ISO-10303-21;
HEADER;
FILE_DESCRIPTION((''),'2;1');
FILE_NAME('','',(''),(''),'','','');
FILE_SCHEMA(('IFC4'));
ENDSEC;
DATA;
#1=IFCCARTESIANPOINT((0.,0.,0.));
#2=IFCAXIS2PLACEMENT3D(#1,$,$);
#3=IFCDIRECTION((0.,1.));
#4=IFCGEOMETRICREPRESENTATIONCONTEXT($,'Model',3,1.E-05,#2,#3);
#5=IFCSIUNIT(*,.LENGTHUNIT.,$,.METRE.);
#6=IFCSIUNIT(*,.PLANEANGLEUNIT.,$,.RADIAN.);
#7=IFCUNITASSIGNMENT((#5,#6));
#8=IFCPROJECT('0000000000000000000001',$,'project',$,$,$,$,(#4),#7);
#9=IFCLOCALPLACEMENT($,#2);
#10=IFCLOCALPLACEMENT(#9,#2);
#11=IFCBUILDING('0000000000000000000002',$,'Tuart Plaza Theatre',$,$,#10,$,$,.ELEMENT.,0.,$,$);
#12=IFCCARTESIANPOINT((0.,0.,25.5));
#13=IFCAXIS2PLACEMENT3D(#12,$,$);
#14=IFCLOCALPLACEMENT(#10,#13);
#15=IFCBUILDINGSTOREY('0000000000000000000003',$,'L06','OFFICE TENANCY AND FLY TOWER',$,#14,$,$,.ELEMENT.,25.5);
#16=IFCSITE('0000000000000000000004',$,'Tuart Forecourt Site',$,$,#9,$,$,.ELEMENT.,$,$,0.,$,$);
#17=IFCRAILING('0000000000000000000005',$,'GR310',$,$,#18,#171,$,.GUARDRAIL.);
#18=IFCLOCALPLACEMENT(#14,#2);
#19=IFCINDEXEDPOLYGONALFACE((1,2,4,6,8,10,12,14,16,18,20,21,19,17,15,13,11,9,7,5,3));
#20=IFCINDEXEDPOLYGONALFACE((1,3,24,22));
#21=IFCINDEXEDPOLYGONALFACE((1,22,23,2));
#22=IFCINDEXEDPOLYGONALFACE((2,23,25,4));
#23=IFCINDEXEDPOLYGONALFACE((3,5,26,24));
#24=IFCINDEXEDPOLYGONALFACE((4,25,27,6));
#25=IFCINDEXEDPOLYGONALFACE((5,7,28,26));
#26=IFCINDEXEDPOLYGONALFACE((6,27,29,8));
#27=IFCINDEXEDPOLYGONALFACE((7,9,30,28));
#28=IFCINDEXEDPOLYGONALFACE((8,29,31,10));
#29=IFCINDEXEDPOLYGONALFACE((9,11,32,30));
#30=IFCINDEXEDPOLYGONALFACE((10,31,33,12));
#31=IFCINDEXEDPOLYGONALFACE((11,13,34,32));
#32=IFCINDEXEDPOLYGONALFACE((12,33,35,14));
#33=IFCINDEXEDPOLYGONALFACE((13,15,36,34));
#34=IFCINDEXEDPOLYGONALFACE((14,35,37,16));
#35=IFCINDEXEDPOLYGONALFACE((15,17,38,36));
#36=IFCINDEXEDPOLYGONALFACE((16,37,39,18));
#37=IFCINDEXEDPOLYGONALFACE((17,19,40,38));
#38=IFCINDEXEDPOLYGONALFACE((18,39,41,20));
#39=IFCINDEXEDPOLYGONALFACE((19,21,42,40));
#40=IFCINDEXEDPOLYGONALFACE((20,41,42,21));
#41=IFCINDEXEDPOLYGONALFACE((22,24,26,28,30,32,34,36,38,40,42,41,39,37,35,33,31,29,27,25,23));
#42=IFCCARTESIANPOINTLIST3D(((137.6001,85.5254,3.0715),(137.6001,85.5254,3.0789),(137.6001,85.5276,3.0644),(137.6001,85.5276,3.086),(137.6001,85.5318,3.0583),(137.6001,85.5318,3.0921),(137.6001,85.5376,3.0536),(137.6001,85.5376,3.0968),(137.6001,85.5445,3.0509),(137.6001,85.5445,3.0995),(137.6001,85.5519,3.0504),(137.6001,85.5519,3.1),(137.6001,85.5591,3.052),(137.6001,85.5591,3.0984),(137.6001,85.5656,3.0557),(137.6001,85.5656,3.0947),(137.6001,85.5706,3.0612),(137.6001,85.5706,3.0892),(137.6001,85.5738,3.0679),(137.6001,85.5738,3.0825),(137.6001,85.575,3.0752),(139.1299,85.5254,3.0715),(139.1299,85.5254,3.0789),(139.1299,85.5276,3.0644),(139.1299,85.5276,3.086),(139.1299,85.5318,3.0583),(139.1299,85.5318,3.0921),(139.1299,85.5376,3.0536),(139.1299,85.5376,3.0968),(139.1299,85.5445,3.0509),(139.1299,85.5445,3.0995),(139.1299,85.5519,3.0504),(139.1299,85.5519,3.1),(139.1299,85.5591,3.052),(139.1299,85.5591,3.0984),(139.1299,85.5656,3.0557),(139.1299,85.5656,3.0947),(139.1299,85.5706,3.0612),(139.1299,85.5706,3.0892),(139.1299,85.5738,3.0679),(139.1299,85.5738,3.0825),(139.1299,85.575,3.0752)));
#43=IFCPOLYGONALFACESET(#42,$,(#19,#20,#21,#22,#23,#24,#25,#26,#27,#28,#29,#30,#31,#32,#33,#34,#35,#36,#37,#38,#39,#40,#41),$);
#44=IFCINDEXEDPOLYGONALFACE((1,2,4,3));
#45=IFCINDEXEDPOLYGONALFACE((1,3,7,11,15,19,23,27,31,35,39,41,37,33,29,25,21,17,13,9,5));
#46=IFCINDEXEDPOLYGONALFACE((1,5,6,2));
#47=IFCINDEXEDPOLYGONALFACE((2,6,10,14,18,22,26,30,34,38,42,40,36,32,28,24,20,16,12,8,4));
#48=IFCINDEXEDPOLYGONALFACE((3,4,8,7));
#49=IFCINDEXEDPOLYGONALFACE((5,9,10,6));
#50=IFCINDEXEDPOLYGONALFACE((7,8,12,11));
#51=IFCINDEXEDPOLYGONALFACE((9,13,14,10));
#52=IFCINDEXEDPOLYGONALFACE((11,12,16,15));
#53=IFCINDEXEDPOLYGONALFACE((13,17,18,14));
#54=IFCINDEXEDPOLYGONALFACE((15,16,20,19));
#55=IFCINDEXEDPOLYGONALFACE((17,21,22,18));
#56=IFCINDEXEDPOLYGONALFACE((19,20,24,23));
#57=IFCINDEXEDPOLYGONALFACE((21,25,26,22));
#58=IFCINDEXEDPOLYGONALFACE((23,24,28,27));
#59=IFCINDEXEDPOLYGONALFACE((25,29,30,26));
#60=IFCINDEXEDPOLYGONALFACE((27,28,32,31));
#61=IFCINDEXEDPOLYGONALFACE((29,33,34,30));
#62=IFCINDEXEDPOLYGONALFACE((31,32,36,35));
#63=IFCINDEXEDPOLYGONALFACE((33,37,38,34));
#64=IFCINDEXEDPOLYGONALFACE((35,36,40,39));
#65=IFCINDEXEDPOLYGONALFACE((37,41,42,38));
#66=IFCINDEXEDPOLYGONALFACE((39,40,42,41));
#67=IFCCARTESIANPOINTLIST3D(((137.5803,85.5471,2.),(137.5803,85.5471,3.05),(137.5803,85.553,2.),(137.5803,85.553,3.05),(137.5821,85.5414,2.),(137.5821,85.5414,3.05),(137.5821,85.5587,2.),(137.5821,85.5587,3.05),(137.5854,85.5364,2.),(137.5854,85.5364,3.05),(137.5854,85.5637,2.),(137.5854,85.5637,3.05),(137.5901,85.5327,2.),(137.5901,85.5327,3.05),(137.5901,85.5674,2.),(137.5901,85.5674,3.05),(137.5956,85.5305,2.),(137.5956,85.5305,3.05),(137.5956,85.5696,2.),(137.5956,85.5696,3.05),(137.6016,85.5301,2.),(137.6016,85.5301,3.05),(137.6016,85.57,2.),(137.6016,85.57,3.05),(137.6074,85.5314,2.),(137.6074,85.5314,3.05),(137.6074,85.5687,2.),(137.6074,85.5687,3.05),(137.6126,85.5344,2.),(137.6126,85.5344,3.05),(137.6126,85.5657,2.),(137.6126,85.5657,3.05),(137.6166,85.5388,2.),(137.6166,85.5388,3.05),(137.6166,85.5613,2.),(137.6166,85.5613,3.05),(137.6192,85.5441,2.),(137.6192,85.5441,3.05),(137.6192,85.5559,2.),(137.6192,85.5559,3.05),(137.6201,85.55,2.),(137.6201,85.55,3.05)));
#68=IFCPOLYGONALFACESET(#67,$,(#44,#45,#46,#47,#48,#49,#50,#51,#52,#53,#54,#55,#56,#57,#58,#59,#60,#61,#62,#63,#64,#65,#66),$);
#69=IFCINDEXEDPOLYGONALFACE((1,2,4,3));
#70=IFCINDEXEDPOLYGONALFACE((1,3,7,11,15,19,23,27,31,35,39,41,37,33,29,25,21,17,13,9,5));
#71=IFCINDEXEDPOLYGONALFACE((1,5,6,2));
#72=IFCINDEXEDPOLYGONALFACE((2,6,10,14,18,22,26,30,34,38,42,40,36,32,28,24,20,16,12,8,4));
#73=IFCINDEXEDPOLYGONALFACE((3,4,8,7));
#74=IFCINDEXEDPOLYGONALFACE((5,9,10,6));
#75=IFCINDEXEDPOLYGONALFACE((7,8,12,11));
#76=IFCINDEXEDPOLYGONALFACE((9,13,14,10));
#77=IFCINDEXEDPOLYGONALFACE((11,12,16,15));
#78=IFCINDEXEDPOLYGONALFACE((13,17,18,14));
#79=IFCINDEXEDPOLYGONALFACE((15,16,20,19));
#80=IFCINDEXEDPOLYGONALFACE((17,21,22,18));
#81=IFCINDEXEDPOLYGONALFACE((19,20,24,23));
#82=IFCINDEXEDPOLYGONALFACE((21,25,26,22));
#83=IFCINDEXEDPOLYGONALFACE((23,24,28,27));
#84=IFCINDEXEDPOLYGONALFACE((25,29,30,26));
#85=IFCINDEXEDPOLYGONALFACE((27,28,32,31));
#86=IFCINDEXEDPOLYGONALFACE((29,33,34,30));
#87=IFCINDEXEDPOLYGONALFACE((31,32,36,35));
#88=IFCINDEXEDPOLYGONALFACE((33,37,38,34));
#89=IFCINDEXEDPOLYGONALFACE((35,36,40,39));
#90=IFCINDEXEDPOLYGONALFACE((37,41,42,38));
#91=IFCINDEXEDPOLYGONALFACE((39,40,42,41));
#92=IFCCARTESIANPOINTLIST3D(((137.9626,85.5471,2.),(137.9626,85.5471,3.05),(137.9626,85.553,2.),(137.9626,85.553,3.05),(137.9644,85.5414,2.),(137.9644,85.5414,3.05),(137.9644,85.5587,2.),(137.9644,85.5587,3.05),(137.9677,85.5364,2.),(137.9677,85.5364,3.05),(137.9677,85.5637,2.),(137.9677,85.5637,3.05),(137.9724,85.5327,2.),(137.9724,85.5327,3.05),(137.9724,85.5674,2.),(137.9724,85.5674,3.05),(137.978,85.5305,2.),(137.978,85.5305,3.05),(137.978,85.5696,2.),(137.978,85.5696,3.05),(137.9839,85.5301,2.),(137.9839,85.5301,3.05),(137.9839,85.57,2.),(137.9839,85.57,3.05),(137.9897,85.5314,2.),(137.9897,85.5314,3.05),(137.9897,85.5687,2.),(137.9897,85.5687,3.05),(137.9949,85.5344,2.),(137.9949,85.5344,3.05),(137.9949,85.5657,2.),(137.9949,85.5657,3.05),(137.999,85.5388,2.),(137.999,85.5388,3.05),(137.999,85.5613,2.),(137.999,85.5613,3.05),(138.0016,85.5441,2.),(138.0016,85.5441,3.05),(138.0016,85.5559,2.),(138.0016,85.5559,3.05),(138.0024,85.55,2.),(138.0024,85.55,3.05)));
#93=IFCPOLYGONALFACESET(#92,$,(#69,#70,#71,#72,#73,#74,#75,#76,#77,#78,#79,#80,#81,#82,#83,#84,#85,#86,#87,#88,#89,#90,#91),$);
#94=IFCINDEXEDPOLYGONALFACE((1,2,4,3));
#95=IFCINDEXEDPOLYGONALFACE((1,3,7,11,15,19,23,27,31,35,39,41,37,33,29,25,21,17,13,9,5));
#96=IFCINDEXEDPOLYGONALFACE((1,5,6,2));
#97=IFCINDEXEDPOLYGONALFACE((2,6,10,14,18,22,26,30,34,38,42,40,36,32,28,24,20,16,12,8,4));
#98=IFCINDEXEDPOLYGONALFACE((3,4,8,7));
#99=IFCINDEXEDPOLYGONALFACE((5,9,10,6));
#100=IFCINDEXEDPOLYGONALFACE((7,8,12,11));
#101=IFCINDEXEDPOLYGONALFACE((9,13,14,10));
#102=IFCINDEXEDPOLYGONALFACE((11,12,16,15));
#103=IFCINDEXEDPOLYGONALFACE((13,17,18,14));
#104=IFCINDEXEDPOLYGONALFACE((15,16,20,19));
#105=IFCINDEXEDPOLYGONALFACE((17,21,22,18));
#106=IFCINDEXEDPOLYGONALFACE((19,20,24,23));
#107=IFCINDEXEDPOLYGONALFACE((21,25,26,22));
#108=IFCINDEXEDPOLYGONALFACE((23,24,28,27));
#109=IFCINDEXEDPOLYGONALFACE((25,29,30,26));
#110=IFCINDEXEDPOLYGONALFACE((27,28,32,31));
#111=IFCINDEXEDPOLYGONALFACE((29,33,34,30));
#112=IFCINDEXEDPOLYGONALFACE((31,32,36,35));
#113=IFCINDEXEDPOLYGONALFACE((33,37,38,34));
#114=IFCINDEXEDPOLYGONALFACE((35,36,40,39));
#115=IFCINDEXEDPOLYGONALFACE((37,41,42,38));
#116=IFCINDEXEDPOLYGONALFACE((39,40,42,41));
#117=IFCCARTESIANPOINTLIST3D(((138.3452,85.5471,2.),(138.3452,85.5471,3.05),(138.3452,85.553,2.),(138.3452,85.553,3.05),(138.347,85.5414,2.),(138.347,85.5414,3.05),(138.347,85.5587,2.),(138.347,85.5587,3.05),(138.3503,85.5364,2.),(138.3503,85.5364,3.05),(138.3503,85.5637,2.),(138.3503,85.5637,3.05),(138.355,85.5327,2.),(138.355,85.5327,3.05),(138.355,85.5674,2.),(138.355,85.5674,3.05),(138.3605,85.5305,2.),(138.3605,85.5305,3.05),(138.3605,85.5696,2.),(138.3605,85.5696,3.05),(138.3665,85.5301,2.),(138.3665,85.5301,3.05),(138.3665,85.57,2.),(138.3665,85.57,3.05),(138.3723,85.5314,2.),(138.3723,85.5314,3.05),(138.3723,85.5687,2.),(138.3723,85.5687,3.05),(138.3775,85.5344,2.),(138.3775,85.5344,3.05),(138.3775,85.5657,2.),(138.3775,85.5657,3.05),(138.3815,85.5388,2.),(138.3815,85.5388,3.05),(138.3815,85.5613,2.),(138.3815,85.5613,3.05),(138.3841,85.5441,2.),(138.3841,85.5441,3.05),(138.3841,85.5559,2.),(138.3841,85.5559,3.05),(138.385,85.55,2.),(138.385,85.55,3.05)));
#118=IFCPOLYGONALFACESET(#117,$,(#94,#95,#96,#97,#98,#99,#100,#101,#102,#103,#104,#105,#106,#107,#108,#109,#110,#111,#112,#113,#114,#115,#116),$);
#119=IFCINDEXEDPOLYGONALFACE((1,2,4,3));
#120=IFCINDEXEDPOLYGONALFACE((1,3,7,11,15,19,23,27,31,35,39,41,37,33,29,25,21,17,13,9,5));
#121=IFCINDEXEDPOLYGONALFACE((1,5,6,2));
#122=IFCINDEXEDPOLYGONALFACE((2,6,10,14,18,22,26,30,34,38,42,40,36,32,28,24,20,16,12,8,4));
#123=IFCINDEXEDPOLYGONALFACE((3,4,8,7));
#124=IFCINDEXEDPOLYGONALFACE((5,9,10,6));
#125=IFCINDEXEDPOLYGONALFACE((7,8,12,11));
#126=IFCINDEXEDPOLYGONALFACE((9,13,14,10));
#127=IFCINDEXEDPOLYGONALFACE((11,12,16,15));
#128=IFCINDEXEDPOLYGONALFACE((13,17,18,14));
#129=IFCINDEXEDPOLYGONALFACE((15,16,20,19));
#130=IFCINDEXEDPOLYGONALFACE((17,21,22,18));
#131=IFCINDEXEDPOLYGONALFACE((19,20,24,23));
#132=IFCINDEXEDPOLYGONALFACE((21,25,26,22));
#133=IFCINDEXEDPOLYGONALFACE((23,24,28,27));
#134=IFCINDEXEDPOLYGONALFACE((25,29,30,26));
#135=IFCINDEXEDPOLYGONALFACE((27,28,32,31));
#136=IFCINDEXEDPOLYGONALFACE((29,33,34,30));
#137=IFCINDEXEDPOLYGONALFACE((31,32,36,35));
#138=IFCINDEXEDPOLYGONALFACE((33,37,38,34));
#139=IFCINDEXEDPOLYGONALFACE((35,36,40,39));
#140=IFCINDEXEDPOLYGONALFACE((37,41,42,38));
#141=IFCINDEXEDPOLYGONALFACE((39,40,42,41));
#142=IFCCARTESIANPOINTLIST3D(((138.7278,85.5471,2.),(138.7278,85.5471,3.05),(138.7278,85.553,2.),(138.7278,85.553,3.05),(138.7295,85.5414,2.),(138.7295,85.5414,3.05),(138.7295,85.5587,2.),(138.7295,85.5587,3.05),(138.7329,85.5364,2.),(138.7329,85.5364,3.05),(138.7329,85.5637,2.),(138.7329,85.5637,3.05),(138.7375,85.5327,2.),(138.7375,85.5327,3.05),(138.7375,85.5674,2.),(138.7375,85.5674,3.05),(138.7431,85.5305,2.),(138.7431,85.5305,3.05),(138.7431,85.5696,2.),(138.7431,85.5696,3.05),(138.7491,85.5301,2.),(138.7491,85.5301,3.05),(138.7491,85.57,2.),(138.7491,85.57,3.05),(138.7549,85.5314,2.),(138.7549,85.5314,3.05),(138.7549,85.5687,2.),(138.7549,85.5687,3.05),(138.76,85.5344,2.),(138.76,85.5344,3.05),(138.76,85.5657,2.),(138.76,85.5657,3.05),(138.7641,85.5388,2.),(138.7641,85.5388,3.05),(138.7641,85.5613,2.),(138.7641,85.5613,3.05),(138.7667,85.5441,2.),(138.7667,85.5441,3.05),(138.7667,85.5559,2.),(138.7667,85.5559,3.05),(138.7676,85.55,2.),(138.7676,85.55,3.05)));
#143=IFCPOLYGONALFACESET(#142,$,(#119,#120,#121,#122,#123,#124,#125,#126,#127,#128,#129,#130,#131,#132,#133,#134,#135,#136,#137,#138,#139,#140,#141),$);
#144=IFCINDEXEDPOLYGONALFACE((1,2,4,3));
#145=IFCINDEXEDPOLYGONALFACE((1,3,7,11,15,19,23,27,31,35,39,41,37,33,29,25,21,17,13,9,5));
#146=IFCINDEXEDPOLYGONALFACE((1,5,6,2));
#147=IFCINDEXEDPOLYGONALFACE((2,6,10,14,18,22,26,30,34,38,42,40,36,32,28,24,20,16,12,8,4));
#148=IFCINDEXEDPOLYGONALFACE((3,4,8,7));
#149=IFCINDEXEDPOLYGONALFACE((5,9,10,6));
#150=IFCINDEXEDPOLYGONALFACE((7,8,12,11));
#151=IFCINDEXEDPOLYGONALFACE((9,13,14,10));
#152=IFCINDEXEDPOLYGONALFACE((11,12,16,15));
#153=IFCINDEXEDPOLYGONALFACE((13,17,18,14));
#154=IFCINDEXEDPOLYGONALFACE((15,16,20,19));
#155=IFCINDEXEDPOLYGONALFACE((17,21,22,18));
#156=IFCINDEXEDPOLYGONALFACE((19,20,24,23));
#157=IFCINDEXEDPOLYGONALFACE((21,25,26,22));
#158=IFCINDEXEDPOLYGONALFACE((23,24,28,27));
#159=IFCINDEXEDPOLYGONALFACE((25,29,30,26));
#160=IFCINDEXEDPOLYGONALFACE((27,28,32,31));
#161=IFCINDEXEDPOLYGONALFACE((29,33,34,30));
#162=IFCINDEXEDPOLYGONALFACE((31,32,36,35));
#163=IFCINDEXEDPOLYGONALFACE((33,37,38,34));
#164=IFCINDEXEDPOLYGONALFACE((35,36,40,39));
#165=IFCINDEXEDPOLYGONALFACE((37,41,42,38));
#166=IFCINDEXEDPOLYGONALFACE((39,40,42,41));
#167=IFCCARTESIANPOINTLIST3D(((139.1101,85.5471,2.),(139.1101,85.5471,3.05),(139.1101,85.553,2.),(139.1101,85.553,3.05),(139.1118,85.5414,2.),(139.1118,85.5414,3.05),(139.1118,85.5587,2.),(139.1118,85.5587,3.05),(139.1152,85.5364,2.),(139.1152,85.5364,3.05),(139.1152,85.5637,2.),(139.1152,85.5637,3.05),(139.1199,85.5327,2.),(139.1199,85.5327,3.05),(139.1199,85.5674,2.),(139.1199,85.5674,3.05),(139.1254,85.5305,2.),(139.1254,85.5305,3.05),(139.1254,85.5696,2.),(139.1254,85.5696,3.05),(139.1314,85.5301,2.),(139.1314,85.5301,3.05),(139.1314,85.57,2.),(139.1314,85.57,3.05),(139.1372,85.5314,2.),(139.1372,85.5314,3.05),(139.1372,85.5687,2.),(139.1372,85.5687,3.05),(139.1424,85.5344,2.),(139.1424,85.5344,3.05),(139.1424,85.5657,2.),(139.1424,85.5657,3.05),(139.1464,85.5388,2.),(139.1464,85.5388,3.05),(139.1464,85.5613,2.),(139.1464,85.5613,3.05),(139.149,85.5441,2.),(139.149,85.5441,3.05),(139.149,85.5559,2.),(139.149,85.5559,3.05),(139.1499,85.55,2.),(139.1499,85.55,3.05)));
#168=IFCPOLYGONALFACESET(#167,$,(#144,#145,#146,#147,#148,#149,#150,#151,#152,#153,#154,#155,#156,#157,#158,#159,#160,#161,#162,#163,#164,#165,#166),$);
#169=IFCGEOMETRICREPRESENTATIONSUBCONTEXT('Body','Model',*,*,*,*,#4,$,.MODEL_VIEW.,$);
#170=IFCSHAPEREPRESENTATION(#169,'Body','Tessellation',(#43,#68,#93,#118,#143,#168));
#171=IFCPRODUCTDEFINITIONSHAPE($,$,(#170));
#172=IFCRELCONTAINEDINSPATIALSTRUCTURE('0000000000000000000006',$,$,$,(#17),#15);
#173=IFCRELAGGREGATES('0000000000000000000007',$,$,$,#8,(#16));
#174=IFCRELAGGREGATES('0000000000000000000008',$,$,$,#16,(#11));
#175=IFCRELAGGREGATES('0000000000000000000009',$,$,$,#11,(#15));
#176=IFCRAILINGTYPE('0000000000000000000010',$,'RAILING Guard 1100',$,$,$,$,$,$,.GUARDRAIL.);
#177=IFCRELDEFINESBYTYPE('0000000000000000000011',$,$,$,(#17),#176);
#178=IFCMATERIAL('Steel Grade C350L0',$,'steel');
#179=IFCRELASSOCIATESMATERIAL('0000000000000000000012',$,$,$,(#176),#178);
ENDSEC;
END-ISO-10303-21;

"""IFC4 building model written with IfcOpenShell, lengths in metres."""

from ifc_helpers import new_model, si_unit, direction, frame, origin, origin_2d, place, context, subcontext, project, spatial, circle, extrude, material, type_object, element, save


model = new_model("IFC4")

# Units and contexts
model_context = context("Model", 3, precision=1e-05, world=origin(), true_north=direction((0.0, 1.0)))
body_context = subcontext(model_context, "Body", "Model", "MODEL_VIEW")
ifc_project = project(units=[si_unit("LENGTHUNIT", "METRE"), si_unit("PLANEANGLEUNIT", "RADIAN")], contexts=[model_context])

# Site, building, storey
site_placement = place(None, origin())
site = spatial("IfcSite", under=ifc_project, at=site_placement, Name="Tuart Forecourt Site", CompositionType="ELEMENT", RefElevation=0.0)
building_placement = place(site_placement, origin())
building = spatial("IfcBuilding", under=site, at=building_placement, Name="Tuart Plaza Theatre", CompositionType="ELEMENT", ElevationOfRefHeight=0.0)
storey_placement = place(building_placement, frame((0.0, 0.0, 25.5)))
storey = spatial("IfcBuildingStorey", under=building, at=storey_placement, Name="L06", Description="OFFICE TENANCY AND FLY TOWER", CompositionType="ELEMENT", Elevation=25.5)

# Railing
ifc_material_1 = material(Name="Steel Grade C350L0", Category="steel")
railing_type_1 = type_object("IfcRailingType", Name="RAILING Guard 1100", PredefinedType="GUARDRAIL", material=ifc_material_1)
railing_1_placement = place(storey_placement, frame((137.6001, 85.55, 2.0)))
element("IfcRailing", 1, at=railing_1_placement, inside=storey, type_object=railing_type_1, Name="GR310", PredefinedType="GUARDRAIL", context=body_context, shape_type="SweptSolid", body=[
    extrude(circle(Radius=0.0249, at=origin_2d()), frame((0.0, 0.0, 1.0752), z_axis=(1.0, 0.0, 0.0), x_axis=(0.0, 1.0, 0.0)), (0.0, 0.0, 1.0), 1.5298),
    extrude(circle(Radius=0.02, at=origin_2d()), origin(), (0.0, 0.0, 1.0), 1.05),
    extrude(circle(Radius=0.02, at=origin_2d()), frame((0.3823, 0.0, 0.0)), (0.0, 0.0, 1.0), 1.05),
    extrude(circle(Radius=0.02, at=origin_2d()), frame((0.7649, 0.0, 0.0)), (0.0, 0.0, 1.0), 1.05),
    extrude(circle(Radius=0.02, at=origin_2d()), frame((1.1475, 0.0, 0.0)), (0.0, 0.0, 1.0), 1.05),
    extrude(circle(Radius=0.02, at=origin_2d()), frame((1.5298, 0.0, 0.0)), (0.0, 0.0, 1.0), 1.05),
])

save(model, "model.ifc")
